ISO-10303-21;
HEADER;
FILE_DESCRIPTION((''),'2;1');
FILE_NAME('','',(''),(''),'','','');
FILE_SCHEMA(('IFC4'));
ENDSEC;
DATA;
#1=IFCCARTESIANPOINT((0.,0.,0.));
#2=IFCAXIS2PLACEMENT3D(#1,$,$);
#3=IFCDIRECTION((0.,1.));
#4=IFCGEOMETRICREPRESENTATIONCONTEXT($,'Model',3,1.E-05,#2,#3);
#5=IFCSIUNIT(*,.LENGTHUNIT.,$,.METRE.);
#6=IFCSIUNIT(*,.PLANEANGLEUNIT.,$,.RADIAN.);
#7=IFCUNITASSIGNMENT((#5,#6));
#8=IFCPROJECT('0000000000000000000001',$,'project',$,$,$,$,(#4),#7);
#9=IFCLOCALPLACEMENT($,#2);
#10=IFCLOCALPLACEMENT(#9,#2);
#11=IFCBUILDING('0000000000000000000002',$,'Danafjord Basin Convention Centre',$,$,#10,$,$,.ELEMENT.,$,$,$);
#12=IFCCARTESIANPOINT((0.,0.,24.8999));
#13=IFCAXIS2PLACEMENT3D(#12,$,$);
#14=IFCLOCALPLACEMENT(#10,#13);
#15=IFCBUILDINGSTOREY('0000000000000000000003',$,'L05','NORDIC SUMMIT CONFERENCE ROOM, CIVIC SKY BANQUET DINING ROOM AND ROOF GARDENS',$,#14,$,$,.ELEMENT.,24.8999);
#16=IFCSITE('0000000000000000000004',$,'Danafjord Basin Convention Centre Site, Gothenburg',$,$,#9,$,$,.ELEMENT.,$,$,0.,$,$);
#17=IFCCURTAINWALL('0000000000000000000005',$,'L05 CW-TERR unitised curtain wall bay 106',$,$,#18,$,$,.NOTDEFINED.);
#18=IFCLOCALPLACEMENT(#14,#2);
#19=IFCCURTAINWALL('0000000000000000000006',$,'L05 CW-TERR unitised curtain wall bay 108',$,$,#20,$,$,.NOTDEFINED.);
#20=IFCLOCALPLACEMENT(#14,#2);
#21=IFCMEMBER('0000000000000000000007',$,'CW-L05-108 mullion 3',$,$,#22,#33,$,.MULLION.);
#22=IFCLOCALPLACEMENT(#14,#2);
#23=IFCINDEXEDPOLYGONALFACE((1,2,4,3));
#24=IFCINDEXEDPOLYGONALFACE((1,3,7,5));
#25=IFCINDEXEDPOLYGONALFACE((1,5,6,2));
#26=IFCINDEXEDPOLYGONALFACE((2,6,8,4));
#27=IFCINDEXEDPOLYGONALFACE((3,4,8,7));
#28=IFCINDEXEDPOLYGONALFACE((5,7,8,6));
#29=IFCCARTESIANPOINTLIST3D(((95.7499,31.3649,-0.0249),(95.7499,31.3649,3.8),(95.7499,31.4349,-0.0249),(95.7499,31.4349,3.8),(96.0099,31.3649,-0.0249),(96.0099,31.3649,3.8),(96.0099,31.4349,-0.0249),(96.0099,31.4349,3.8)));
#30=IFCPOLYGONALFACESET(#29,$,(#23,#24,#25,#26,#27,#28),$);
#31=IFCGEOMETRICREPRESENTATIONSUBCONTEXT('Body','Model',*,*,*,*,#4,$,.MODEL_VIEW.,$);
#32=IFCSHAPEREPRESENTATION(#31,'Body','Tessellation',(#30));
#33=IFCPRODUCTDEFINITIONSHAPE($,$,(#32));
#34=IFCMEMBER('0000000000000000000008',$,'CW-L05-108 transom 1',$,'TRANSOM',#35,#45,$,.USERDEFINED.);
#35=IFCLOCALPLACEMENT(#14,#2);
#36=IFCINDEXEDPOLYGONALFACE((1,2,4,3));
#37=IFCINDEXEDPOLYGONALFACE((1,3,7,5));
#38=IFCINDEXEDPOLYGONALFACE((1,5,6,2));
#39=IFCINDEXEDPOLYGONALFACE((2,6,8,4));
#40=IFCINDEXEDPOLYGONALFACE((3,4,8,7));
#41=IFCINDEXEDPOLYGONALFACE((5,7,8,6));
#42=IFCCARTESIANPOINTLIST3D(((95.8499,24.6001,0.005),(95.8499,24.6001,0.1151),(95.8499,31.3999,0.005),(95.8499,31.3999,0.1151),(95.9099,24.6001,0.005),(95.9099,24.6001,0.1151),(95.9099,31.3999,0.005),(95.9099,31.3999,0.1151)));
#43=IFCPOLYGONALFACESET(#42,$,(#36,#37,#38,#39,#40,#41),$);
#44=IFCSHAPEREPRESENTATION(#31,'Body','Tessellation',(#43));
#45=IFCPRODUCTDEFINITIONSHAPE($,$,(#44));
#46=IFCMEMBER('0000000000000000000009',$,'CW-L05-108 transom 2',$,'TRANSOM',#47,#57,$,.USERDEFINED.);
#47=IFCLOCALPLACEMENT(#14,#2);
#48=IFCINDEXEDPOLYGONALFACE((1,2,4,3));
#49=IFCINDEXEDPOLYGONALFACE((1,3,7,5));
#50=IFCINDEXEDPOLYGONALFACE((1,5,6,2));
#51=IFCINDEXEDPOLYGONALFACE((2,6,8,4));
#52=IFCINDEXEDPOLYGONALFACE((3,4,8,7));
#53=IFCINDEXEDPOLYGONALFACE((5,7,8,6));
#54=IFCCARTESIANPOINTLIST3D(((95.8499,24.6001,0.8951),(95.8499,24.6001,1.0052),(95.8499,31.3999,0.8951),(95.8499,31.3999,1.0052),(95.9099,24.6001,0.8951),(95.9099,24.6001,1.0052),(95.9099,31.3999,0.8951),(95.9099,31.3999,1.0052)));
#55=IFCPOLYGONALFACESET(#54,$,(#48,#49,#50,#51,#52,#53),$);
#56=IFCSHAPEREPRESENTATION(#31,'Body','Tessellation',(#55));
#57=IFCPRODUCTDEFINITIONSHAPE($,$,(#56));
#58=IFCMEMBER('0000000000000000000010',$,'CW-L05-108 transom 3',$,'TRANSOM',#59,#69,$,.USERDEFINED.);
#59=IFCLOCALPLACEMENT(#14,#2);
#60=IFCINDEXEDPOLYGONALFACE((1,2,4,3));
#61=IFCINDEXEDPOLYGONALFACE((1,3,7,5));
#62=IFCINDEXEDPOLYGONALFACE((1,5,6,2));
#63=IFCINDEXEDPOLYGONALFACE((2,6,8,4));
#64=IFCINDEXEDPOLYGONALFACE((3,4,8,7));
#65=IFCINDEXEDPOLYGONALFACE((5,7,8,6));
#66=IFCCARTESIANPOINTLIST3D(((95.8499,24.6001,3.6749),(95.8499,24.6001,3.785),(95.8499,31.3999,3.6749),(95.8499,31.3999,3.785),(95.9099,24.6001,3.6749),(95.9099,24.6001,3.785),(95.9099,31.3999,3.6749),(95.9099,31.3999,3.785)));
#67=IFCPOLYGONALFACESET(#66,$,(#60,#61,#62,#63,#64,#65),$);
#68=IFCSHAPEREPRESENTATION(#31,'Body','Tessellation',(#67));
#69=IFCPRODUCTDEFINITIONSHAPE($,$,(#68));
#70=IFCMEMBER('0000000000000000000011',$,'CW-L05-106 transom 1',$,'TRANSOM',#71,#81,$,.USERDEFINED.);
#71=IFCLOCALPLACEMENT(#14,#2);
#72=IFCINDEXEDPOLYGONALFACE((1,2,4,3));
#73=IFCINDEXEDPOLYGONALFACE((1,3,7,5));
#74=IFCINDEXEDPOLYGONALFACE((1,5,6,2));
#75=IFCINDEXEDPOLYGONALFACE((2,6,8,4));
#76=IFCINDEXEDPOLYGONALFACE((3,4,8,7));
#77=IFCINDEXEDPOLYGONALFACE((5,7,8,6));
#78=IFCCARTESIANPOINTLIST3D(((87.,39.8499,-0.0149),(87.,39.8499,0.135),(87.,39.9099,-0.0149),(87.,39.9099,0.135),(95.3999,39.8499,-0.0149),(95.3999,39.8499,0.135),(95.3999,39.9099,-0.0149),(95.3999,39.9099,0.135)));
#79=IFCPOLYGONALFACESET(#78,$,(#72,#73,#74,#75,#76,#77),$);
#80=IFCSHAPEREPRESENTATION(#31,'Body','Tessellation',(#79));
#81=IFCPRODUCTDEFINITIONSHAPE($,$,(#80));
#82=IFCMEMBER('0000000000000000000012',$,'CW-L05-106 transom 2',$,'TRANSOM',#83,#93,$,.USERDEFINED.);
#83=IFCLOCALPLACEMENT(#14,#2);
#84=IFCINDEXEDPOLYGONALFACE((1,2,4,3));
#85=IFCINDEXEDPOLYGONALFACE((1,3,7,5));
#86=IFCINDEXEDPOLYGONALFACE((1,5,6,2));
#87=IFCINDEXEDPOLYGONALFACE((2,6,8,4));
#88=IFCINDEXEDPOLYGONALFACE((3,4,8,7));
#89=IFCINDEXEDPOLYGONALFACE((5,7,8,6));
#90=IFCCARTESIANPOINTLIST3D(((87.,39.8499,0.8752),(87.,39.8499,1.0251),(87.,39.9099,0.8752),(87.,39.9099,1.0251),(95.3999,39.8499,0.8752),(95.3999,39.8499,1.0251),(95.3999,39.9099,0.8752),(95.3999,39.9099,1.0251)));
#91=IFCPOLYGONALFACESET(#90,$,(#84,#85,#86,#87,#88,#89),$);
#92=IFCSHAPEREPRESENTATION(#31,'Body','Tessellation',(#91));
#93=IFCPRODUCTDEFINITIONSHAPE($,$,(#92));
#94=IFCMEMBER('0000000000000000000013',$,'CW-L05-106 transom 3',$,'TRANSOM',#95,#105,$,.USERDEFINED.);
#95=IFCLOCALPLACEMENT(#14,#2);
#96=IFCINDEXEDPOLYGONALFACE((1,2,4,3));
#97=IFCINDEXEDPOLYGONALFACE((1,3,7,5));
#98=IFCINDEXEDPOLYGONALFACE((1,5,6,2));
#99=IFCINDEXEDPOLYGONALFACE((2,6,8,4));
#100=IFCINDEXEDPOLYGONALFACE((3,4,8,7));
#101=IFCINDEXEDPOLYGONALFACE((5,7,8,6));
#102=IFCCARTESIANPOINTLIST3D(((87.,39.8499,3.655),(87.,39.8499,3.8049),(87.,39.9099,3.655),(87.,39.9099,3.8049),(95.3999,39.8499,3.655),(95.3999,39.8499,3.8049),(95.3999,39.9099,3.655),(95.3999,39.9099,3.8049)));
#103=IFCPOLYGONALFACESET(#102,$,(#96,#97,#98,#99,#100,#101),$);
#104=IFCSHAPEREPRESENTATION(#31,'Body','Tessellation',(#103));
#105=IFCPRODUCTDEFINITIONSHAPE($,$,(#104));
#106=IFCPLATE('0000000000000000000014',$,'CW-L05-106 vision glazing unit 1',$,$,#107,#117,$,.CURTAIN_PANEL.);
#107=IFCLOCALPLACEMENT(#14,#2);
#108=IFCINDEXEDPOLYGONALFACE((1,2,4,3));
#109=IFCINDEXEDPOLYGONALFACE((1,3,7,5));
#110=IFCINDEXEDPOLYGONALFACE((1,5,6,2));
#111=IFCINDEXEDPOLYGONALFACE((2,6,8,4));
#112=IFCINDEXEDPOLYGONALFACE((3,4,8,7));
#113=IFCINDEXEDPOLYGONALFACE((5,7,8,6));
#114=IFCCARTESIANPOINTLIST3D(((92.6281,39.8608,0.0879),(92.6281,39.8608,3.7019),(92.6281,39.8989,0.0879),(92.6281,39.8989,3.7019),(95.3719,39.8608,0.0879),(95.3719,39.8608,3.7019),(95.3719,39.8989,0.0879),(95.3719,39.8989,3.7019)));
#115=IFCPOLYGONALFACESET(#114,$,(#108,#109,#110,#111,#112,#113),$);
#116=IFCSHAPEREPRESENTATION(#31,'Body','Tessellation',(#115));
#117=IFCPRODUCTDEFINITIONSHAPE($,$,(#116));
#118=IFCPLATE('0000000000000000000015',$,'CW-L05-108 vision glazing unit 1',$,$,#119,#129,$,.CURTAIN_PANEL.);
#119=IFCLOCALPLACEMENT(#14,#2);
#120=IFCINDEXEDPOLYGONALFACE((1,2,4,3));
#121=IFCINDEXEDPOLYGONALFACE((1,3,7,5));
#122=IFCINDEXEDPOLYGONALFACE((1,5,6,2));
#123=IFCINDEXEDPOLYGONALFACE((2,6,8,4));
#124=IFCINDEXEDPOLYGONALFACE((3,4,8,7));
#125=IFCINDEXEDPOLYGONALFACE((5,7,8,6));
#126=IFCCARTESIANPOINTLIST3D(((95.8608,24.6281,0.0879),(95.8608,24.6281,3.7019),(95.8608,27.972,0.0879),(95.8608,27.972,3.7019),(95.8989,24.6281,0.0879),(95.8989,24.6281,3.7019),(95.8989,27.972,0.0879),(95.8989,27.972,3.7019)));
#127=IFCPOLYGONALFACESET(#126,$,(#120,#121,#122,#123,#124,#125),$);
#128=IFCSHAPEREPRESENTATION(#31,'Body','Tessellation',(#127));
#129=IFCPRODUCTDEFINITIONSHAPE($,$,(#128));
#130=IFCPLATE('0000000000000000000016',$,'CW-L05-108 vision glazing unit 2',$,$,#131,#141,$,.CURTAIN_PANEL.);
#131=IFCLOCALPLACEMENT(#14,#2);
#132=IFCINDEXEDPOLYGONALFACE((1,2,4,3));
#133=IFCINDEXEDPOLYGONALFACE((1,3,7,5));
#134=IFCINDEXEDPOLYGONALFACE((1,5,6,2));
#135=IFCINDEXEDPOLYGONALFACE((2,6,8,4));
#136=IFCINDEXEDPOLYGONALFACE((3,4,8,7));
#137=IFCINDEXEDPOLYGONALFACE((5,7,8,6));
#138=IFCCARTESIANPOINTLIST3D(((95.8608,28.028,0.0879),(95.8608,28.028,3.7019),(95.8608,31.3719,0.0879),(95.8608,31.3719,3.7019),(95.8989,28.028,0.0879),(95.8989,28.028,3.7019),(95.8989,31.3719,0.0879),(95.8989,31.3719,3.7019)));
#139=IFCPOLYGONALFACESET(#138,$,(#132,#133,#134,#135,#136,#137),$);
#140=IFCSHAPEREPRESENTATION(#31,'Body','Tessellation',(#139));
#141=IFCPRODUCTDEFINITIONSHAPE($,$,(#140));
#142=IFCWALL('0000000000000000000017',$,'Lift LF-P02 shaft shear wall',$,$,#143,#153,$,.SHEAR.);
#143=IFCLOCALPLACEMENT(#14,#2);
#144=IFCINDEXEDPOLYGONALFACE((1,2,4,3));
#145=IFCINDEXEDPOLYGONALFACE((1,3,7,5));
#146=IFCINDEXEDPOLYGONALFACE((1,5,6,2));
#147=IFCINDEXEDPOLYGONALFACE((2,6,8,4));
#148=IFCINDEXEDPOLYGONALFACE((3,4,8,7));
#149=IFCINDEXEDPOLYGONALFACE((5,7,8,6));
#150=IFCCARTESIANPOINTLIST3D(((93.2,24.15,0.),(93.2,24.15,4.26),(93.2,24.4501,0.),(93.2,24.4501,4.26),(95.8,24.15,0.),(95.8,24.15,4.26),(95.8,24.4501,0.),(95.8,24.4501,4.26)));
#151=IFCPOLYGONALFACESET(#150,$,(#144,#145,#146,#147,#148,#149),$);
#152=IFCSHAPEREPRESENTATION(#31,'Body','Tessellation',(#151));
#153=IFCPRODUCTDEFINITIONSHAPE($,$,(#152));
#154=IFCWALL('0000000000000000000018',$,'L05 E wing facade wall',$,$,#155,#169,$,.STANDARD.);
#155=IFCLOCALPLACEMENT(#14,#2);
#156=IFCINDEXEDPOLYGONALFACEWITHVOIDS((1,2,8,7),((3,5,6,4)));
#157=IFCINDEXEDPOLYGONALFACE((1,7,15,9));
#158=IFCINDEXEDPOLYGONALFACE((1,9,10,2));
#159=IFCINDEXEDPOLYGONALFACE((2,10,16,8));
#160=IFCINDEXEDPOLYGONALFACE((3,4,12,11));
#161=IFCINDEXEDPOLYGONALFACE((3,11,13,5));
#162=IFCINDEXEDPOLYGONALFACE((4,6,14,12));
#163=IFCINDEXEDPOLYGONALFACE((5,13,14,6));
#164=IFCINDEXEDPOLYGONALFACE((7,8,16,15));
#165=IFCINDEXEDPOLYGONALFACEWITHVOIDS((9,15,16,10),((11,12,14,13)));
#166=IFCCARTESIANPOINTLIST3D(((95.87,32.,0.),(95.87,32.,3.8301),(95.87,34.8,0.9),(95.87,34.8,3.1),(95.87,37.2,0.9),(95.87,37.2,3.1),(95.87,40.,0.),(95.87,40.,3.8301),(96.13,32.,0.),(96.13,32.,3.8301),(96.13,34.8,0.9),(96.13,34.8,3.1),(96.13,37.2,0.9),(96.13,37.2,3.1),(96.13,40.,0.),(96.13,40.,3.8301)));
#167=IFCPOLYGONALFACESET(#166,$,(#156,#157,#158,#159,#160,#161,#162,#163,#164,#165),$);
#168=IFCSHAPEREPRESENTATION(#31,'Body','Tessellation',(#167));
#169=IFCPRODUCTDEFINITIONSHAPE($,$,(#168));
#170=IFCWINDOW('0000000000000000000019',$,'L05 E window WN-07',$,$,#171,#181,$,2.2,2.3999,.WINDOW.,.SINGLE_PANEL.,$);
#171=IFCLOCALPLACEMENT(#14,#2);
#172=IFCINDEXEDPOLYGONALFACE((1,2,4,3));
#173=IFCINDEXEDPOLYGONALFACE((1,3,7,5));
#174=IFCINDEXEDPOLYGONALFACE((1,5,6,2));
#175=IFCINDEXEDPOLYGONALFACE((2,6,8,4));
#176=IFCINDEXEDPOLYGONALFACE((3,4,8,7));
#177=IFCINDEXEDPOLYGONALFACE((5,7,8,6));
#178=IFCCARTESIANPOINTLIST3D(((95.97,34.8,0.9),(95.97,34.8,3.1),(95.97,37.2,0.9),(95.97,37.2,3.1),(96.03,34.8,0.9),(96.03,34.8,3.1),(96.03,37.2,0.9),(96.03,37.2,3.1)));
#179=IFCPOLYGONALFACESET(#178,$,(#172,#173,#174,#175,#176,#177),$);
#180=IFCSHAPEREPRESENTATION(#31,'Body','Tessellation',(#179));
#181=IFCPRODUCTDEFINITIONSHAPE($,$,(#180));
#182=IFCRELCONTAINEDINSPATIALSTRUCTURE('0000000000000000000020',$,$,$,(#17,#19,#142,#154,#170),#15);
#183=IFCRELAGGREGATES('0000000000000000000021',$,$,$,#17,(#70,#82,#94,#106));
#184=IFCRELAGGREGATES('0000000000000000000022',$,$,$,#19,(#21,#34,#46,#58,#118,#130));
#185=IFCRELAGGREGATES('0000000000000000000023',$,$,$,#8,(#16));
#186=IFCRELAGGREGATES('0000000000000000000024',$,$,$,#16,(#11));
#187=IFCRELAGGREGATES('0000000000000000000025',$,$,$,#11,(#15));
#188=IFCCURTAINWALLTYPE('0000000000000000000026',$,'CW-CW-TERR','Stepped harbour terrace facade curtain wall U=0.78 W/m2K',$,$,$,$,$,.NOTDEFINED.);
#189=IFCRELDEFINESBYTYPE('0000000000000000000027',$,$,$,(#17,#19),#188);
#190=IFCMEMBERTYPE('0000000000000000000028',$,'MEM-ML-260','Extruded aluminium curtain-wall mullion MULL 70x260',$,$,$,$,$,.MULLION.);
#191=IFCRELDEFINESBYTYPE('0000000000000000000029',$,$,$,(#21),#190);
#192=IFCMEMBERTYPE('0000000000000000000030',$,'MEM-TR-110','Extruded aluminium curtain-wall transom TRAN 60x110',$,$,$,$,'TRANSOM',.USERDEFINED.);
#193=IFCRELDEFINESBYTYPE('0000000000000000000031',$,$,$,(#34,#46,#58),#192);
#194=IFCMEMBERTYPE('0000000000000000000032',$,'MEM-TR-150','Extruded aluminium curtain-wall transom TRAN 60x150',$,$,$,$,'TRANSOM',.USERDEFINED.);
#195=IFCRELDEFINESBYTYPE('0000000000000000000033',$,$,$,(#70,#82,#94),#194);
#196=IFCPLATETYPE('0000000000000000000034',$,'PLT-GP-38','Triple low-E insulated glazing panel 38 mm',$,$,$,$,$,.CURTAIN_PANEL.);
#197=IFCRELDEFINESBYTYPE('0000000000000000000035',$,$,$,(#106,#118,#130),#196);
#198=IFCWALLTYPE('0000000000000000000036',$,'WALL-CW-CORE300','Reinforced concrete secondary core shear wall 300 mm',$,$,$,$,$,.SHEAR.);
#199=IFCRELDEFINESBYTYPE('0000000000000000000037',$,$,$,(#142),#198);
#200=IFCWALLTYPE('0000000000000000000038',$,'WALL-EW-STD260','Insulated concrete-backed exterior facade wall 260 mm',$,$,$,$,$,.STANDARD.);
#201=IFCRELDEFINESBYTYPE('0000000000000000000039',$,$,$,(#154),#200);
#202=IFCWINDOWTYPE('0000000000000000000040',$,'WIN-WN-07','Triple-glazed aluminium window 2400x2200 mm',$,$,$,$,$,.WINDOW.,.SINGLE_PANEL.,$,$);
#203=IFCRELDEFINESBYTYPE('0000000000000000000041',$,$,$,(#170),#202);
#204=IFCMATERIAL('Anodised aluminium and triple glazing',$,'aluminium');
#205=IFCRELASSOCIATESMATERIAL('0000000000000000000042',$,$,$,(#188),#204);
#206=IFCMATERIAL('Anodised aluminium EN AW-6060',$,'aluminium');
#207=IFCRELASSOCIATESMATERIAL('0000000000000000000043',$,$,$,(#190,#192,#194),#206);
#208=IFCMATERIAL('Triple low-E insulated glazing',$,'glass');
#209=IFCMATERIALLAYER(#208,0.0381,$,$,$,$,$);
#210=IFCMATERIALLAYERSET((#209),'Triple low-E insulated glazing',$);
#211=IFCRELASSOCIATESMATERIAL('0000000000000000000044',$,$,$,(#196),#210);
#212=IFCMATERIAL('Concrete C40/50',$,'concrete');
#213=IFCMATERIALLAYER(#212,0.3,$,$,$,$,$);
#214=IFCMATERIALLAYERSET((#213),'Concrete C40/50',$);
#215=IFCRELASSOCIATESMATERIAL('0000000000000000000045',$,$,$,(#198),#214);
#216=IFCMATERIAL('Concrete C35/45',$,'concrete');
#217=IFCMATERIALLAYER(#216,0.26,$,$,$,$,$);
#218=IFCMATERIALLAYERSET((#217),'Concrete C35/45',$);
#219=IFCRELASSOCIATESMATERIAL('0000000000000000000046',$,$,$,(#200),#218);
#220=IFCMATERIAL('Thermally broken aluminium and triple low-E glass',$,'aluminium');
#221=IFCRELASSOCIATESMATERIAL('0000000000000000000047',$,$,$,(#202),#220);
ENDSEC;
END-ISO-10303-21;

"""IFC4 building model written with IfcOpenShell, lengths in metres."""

from ifc_helpers import new_model, si_unit, direction, frame, frame_2d, origin, origin_2d, place, context, subcontext, project, spatial, rectangle, extrude, material, layer, layer_set, material_profile, profile_set, type_object, element, fill, aggregate, save


model = new_model("IFC4")

# Units and contexts
model_context = context("Model", 3, precision=1e-05, world=origin(), true_north=direction((0.0, 1.0)))
body_context = subcontext(model_context, "Body", "Model", "MODEL_VIEW")
ifc_project = project(units=[si_unit("LENGTHUNIT", "METRE"), si_unit("PLANEANGLEUNIT", "RADIAN")], contexts=[model_context])

# Site, building, storey
site_placement = place(None, origin())
site = spatial("IfcSite", under=ifc_project, at=site_placement, Name="Danafjord Basin Convention Centre Site, Gothenburg", CompositionType="ELEMENT", RefElevation=0.0)
building_placement = place(site_placement, origin())
building = spatial("IfcBuilding", under=site, at=building_placement, Name="Danafjord Basin Convention Centre", CompositionType="ELEMENT")
storey_placement = place(building_placement, frame((0.0, 0.0, 24.8999)))
storey = spatial("IfcBuildingStorey", under=building, at=storey_placement, Name="L05", Description="NORDIC SUMMIT CONFERENCE ROOM, CIVIC SKY BANQUET DINING ROOM AND ROOF GARDENS", CompositionType="ELEMENT", Elevation=24.8999)

# Curtain wall
ifc_material_1 = material(Name="Anodised aluminium and triple glazing", Category="aluminium")
curtain_wall_type = type_object("IfcCurtainWallType", Name="CW-CW-TERR", Description="Stepped harbour terrace facade curtain wall U=0.78 W/m2K", PredefinedType="NOTDEFINED", material=ifc_material_1)
curtain_wall_1_placement = place(storey_placement, origin())
curtain_wall_1 = element("IfcCurtainWall", 1, at=curtain_wall_1_placement, inside=storey, type_object=curtain_wall_type, Name="L05 CW-TERR unitised curtain wall bay 106", PredefinedType="NOTDEFINED")
ifc_material_2 = material(Name="Anodised aluminium EN AW-6060", Category="aluminium")

# Curtain wall, members
curtain_wall_2_placement = place(storey_placement, origin())
curtain_wall_2 = element("IfcCurtainWall", 2, at=curtain_wall_2_placement, inside=storey, type_object=curtain_wall_type, Name="L05 CW-TERR unitised curtain wall bay 108", PredefinedType="NOTDEFINED")
ifc_material_profile_1 = material_profile(ifc_material_2, rectangle(XDim=0.0701, YDim=0.26, at=origin_2d()), Name="MULL 70x260")
ifc_profile_set_1 = profile_set([ifc_material_profile_1], Name="Anodised aluminium EN AW-6060")
member_type_1 = type_object("IfcMemberType", Name="MEM-ML-260", Description="Extruded aluminium curtain-wall mullion MULL 70x260", PredefinedType="MULLION", material=ifc_profile_set_1)
member_1_placement = place(storey_placement, frame((95.8799, 31.3999, -0.0249), z_axis=(0.0, 0.0, 1.0), x_axis=(0.0, 1.0, 0.0)))
member_1 = element("IfcMember", 3, at=member_1_placement, type_object=member_type_1, Name="CW-L05-108 mullion 3", PredefinedType="MULLION", context=body_context, shape_type="SweptSolid", body=[
    extrude(rectangle(XDim=0.0701, YDim=0.26, at=origin_2d()), origin(), (0.0, 0.0, 1.0), 3.825),
])
ifc_material_profile_2 = material_profile(ifc_material_2, rectangle(XDim=0.0601, YDim=0.1101, at=origin_2d()), Name="TRAN 60x110")
ifc_profile_set_2 = profile_set([ifc_material_profile_2], Name="Anodised aluminium EN AW-6060")
member_type_2 = type_object("IfcMemberType", Name="MEM-TR-110", Description="Extruded aluminium curtain-wall transom TRAN 60x110", ElementType="TRANSOM", PredefinedType="USERDEFINED", material=ifc_profile_set_2)
member_2_placement = place(storey_placement, frame((95.8799, 24.6001, 0.0601), z_axis=(0.0, 1.0, 0.0), x_axis=(-1.0, 0.0, 0.0)))
member_2 = element("IfcMember", 4, at=member_2_placement, type_object=member_type_2, Name="CW-L05-108 transom 1", ObjectType="TRANSOM", PredefinedType="USERDEFINED", context=body_context, shape_type="SweptSolid", body=[
    extrude(rectangle(XDim=0.0601, YDim=0.1101, at=origin_2d()), origin(), (0.0, 0.0, 1.0), 6.7998),
])
member_3_placement = place(storey_placement, frame((95.8799, 24.6001, 0.9502), z_axis=(0.0, 1.0, 0.0), x_axis=(-1.0, 0.0, 0.0)))
member_3 = element("IfcMember", 5, at=member_3_placement, type_object=member_type_2, Name="CW-L05-108 transom 2", ObjectType="TRANSOM", PredefinedType="USERDEFINED", context=body_context, shape_type="SweptSolid", body=[
    extrude(rectangle(XDim=0.0601, YDim=0.1101, at=origin_2d()), origin(), (0.0, 0.0, 1.0), 6.7998),
])
member_4_placement = place(storey_placement, frame((95.8799, 24.6001, 3.73), z_axis=(0.0, 1.0, 0.0), x_axis=(-1.0, 0.0, 0.0)))
member_4 = element("IfcMember", 6, at=member_4_placement, type_object=member_type_2, Name="CW-L05-108 transom 3", ObjectType="TRANSOM", PredefinedType="USERDEFINED", context=body_context, shape_type="SweptSolid", body=[
    extrude(rectangle(XDim=0.0601, YDim=0.1101, at=origin_2d()), origin(), (0.0, 0.0, 1.0), 6.7998),
])

# Members
ifc_material_profile_3 = material_profile(ifc_material_2, rectangle(XDim=0.0601, YDim=0.1499, at=origin_2d()), Name="TRAN 60x150")
ifc_profile_set_3 = profile_set([ifc_material_profile_3], Name="Anodised aluminium EN AW-6060")
member_type_3 = type_object("IfcMemberType", Name="MEM-TR-150", Description="Extruded aluminium curtain-wall transom TRAN 60x150", ElementType="TRANSOM", PredefinedType="USERDEFINED", material=ifc_profile_set_3)
member_5_placement = place(storey_placement, frame((95.3999, 39.8799, 0.0601), z_axis=(-1.0, 0.0, 0.0), x_axis=(0.0, -1.0, 0.0)))
member_5 = element("IfcMember", 7, at=member_5_placement, type_object=member_type_3, Name="CW-L05-106 transom 1", ObjectType="TRANSOM", PredefinedType="USERDEFINED", context=body_context, shape_type="SweptSolid", body=[
    extrude(rectangle(XDim=0.0601, YDim=0.1499, at=origin_2d()), origin(), (0.0, 0.0, 1.0), 8.3999),
])
member_6_placement = place(storey_placement, frame((95.3999, 39.8799, 0.9502), z_axis=(-1.0, 0.0, 0.0), x_axis=(0.0, -1.0, 0.0)))
member_6 = element("IfcMember", 8, at=member_6_placement, type_object=member_type_3, Name="CW-L05-106 transom 2", ObjectType="TRANSOM", PredefinedType="USERDEFINED", context=body_context, shape_type="SweptSolid", body=[
    extrude(rectangle(XDim=0.0601, YDim=0.1499, at=origin_2d()), origin(), (0.0, 0.0, 1.0), 8.3999),
])
member_7_placement = place(storey_placement, frame((95.3999, 39.8799, 3.73), z_axis=(-1.0, 0.0, 0.0), x_axis=(0.0, -1.0, 0.0)))
member_7 = element("IfcMember", 9, at=member_7_placement, type_object=member_type_3, Name="CW-L05-106 transom 3", ObjectType="TRANSOM", PredefinedType="USERDEFINED", context=body_context, shape_type="SweptSolid", body=[
    extrude(rectangle(XDim=0.0601, YDim=0.1499, at=origin_2d()), origin(), (0.0, 0.0, 1.0), 8.3999),
])

# Plates
ifc_material_3 = material(Name="Triple low-E insulated glazing", Category="glass")
ifc_layer_1 = layer(ifc_material_3, 0.0381)
ifc_layer_set_1 = layer_set([ifc_layer_1], Name="Triple low-E insulated glazing")
plate_type = type_object("IfcPlateType", Name="PLT-GP-38", Description="Triple low-E insulated glazing panel 38 mm", PredefinedType="CURTAIN_PANEL", material=ifc_layer_set_1)
plate_1_placement = place(storey_placement, frame((94.0, 39.8799, 0.0879), z_axis=(0.0, 0.0, 1.0), x_axis=(-1.0, 0.0, 0.0)))
plate_1 = element("IfcPlate", 10, at=plate_1_placement, type_object=plate_type, Name="CW-L05-106 vision glazing unit 1", PredefinedType="CURTAIN_PANEL", context=body_context, shape_type="SweptSolid", body=[
    extrude(rectangle(XDim=2.7439, YDim=0.0381, at=origin_2d()), origin(), (0.0, 0.0, 1.0), 3.614),
])
aggregate(curtain_wall_1, [member_5, member_6, member_7, plate_1])
plate_2_placement = place(storey_placement, frame((95.8799, 26.3, 0.0879), z_axis=(0.0, 0.0, 1.0), x_axis=(0.0, 1.0, 0.0)))
plate_2 = element("IfcPlate", 11, at=plate_2_placement, type_object=plate_type, Name="CW-L05-108 vision glazing unit 1", PredefinedType="CURTAIN_PANEL", context=body_context, shape_type="SweptSolid", body=[
    extrude(rectangle(XDim=3.344, YDim=0.0381, at=origin_2d()), origin(), (0.0, 0.0, 1.0), 3.614),
])
plate_3_placement = place(storey_placement, frame((95.8799, 29.7, 0.0879), z_axis=(0.0, 0.0, 1.0), x_axis=(0.0, 1.0, 0.0)))
plate_3 = element("IfcPlate", 12, at=plate_3_placement, type_object=plate_type, Name="CW-L05-108 vision glazing unit 2", PredefinedType="CURTAIN_PANEL", context=body_context, shape_type="SweptSolid", body=[
    extrude(rectangle(XDim=3.344, YDim=0.0381, at=origin_2d()), origin(), (0.0, 0.0, 1.0), 3.614),
])
aggregate(curtain_wall_2, [member_1, member_2, member_3, member_4, plate_2, plate_3])

# Wall
ifc_material_4 = material(Name="Concrete C40/50", Category="concrete")
ifc_layer_2 = layer(ifc_material_4, 0.3)
ifc_layer_set_2 = layer_set([ifc_layer_2], Name="Concrete C40/50")
wall_type_1 = type_object("IfcWallType", Name="WALL-CW-CORE300", Description="Reinforced concrete secondary core shear wall 300 mm", PredefinedType="SHEAR", material=ifc_layer_set_2)
wall_1_placement = place(storey_placement, frame((95.8, 24.3, 0.0), z_axis=(0.0, 0.0, 1.0), x_axis=(-1.0, 0.0, 0.0)))
element("IfcWall", 13, at=wall_1_placement, inside=storey, type_object=wall_type_1, Name="Lift LF-P02 shaft shear wall", PredefinedType="SHEAR", context=body_context, shape_type="SweptSolid", body=[
    extrude(rectangle(XDim=2.6001, YDim=0.3, at=frame_2d((1.3, 0.0))), origin(), (0.0, 0.0, 1.0), 4.26),
])

# Wall, opening, window
ifc_material_5 = material(Name="Concrete C35/45", Category="concrete")
ifc_layer_3 = layer(ifc_material_5, 0.26)
ifc_layer_set_3 = layer_set([ifc_layer_3], Name="Concrete C35/45")
wall_type_2 = type_object("IfcWallType", Name="WALL-EW-STD260", Description="Insulated concrete-backed exterior facade wall 260 mm", PredefinedType="STANDARD", material=ifc_layer_set_3)
wall_2_placement = place(storey_placement, frame((96.0, 32.0, 0.0), z_axis=(0.0, 0.0, 1.0), x_axis=(0.0, 1.0, 0.0)))
wall_2 = element("IfcWall", 14, at=wall_2_placement, inside=storey, type_object=wall_type_2, Name="L05 E wing facade wall", PredefinedType="STANDARD", context=body_context, shape_type="SweptSolid", body=[
    extrude(rectangle(XDim=8.0, YDim=0.26, at=frame_2d((4.0, 0.0))), origin(), (0.0, 0.0, 1.0), 3.8301),
])
opening_placement = place(wall_2_placement, frame((2.8, 0.0, 0.8999)))
opening = element("IfcOpeningElement", 15, at=opening_placement, cuts=wall_2, PredefinedType="OPENING", context=body_context, shape_type="SweptSolid", body=[
    extrude(rectangle(XDim=2.3999, YDim=2.2, at=frame_2d((1.2, 1.1001))), frame((0.0, 0.1399, 0.0), z_axis=(0.0, -1.0, 0.0), x_axis=(1.0, 0.0, 0.0)), (0.0, 0.0, 1.0), 0.28),
])
ifc_material_6 = material(Name="Thermally broken aluminium and triple low-E glass", Category="aluminium")
window_type = type_object("IfcWindowType", Name="WIN-WN-07", Description="Triple-glazed aluminium window 2400x2200 mm", PartitioningType="SINGLE_PANEL", PredefinedType="WINDOW", material=ifc_material_6)
window_placement = place(opening_placement, origin())
window = element("IfcWindow", 16, at=window_placement, inside=storey, type_object=window_type, Name="L05 E window WN-07", OverallHeight=2.2, OverallWidth=2.3999, PartitioningType="SINGLE_PANEL", PredefinedType="WINDOW", context=body_context, shape_type="SweptSolid", body=[
    extrude(rectangle(XDim=2.3999, YDim=2.2, at=frame_2d((1.2, 1.1001))), frame((0.0, 0.03, 0.0), z_axis=(0.0, -1.0, 0.0), x_axis=(1.0, 0.0, 0.0)), (0.0, 0.0, 1.0), 0.0601),
])
fill(opening, window)

save(model, "model.ifc")
